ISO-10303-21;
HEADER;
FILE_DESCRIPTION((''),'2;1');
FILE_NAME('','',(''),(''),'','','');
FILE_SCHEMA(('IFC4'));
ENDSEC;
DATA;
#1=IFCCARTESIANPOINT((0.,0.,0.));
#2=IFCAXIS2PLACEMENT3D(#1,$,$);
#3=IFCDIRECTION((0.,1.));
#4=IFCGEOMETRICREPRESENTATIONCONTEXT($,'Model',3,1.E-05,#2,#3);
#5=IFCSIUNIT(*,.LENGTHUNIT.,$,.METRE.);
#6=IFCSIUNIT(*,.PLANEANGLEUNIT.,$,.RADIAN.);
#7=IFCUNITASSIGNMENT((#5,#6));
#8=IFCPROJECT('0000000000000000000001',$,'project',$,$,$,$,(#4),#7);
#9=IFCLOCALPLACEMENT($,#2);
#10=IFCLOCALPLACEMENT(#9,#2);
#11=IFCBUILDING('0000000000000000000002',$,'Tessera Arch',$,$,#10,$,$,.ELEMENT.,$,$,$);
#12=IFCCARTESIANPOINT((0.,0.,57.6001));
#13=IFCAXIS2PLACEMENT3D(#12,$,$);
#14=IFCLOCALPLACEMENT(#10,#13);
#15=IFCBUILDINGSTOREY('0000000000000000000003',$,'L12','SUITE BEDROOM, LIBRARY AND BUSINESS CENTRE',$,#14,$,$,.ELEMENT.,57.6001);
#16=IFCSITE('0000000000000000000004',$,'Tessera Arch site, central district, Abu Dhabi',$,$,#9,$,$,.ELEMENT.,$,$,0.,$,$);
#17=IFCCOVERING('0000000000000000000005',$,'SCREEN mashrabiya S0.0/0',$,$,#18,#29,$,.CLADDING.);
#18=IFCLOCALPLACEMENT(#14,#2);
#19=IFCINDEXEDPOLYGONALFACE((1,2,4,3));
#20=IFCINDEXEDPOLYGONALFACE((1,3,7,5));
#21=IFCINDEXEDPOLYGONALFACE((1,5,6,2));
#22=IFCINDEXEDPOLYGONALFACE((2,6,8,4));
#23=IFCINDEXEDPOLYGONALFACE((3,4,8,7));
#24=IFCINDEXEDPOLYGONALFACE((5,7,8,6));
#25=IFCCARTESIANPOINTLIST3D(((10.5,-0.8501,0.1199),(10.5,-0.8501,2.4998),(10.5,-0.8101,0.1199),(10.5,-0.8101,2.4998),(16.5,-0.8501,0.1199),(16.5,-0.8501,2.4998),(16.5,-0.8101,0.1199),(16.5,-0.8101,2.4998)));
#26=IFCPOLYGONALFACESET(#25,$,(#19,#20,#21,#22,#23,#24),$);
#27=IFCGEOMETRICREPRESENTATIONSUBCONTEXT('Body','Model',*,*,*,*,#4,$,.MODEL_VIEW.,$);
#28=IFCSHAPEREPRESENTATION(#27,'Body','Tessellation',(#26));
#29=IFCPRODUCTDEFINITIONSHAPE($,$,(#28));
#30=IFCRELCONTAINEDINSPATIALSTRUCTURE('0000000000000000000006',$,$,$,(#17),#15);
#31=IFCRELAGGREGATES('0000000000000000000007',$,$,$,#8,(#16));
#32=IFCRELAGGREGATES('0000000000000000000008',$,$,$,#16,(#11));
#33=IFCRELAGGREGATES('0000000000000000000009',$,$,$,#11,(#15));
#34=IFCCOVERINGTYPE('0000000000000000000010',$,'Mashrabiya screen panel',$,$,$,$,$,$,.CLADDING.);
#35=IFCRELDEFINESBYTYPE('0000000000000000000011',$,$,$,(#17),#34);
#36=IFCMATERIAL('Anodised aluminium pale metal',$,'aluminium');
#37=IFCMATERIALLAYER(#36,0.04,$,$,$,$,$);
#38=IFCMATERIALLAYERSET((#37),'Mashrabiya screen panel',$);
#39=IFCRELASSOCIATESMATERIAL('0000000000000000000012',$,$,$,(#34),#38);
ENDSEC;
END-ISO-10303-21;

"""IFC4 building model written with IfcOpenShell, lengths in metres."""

from ifc_helpers import new_model, si_unit, direction, frame, origin, origin_2d, place, context, subcontext, project, spatial, rectangle, extrude, material, layer, layer_set, type_object, element, save


model = new_model("IFC4")

# Units and contexts
model_context = context("Model", 3, precision=1e-05, world=origin(), true_north=direction((0.0, 1.0)))
body_context = subcontext(model_context, "Body", "Model", "MODEL_VIEW")
ifc_project = project(units=[si_unit("LENGTHUNIT", "METRE"), si_unit("PLANEANGLEUNIT", "RADIAN")], contexts=[model_context])

# Site, building, storey
site_placement = place(None, origin())
site = spatial("IfcSite", under=ifc_project, at=site_placement, Name="Tessera Arch site, central district, Abu Dhabi", CompositionType="ELEMENT", RefElevation=0.0)
building_placement = place(site_placement, origin())
building = spatial("IfcBuilding", under=site, at=building_placement, Name="Tessera Arch", CompositionType="ELEMENT")
storey_placement = place(building_placement, frame((0.0, 0.0, 57.6001)))
storey = spatial("IfcBuildingStorey", under=building, at=storey_placement, Name="L12", Description="SUITE BEDROOM, LIBRARY AND BUSINESS CENTRE", CompositionType="ELEMENT", Elevation=57.6001)

# Covering
ifc_material_1 = material(Name="Anodised aluminium pale metal", Category="aluminium")
ifc_layer_1 = layer(ifc_material_1, 0.04)
ifc_layer_set_1 = layer_set([ifc_layer_1], Name="Mashrabiya screen panel")
covering_type = type_object("IfcCoveringType", Name="Mashrabiya screen panel", PredefinedType="CLADDING", material=ifc_layer_set_1)
covering_placement = place(storey_placement, frame((13.5, -0.8301, 0.1199), z_axis=(0.0, 0.0, 1.0), x_axis=(1.0, 0.0, 0.0)))
element("IfcCovering", 1, at=covering_placement, inside=storey, type_object=covering_type, Name="SCREEN mashrabiya S0.0/0", PredefinedType="CLADDING", context=body_context, shape_type="SweptSolid", body=[
    extrude(rectangle(XDim=6.0, YDim=0.04, at=origin_2d()), origin(), (0.0, 0.0, 1.0), 2.3799),
])

save(model, "model.ifc")
